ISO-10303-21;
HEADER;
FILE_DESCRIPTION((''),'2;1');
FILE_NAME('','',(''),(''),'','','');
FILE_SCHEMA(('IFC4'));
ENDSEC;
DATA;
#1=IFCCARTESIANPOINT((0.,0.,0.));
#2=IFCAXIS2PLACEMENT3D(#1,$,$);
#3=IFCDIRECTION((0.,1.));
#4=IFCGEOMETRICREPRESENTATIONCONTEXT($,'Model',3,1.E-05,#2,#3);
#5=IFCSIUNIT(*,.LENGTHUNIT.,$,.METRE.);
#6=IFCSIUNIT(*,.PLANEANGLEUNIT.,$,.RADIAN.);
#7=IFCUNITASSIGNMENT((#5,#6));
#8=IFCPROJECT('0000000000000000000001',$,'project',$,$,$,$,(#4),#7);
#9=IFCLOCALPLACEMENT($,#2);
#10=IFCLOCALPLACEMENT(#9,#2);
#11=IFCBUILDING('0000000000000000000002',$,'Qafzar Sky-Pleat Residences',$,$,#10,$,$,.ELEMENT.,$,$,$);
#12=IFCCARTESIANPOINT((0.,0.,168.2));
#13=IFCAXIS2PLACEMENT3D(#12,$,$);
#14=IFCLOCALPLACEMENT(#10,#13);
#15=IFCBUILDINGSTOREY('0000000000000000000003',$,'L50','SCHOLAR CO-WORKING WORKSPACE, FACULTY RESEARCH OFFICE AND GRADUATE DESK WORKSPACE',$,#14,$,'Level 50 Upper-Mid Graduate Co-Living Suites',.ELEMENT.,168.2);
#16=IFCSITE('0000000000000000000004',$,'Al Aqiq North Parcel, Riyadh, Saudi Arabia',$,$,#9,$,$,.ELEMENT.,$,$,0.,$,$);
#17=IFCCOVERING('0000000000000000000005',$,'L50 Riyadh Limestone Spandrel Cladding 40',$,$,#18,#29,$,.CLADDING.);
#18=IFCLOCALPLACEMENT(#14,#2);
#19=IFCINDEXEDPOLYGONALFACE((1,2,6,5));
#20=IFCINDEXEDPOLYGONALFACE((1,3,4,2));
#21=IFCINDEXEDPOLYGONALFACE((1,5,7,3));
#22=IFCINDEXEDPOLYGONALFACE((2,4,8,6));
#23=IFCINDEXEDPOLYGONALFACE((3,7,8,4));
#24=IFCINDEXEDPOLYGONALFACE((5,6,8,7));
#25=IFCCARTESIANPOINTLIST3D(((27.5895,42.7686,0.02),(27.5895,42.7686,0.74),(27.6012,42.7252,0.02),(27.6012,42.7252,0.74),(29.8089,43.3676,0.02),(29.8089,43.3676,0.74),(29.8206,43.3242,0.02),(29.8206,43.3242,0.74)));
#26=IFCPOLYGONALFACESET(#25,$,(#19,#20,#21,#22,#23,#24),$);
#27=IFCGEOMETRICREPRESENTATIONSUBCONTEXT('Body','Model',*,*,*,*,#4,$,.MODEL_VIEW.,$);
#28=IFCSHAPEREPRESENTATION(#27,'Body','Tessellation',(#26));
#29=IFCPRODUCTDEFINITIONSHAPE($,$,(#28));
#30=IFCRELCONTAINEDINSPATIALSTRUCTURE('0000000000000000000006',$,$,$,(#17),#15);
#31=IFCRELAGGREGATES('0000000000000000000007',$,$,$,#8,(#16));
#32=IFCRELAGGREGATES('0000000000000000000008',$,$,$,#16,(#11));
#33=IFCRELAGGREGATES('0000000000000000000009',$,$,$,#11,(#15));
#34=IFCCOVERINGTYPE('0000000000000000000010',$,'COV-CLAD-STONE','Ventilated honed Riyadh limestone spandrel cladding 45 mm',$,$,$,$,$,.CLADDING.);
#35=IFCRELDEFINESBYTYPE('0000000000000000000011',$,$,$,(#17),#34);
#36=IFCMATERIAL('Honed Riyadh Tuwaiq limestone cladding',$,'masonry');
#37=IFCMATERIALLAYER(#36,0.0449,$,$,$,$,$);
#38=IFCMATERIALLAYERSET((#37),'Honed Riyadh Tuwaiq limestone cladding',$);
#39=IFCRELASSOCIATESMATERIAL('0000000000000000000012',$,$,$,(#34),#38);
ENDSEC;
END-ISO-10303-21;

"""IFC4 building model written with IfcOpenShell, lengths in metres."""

from ifc_helpers import new_model, si_unit, direction, frame, origin, origin_2d, place, context, subcontext, project, spatial, rectangle, extrude, source, transform, mapped, material, layer, layer_set, type_object, element, save


model = new_model("IFC4")

# Units and contexts
model_context = context("Model", 3, precision=1e-05, world=origin(), true_north=direction((0.0, 1.0)))
body_context = subcontext(model_context, "Body", "Model", "MODEL_VIEW")
ifc_project = project(units=[si_unit("LENGTHUNIT", "METRE"), si_unit("PLANEANGLEUNIT", "RADIAN")], contexts=[model_context])

# Site, building, storey
site_placement = place(None, origin())
site = spatial("IfcSite", under=ifc_project, at=site_placement, Name="Al Aqiq North Parcel, Riyadh, Saudi Arabia", CompositionType="ELEMENT", RefElevation=0.0)
building_placement = place(site_placement, origin())
building = spatial("IfcBuilding", under=site, at=building_placement, Name="Qafzar Sky-Pleat Residences", CompositionType="ELEMENT")
storey_placement = place(building_placement, frame((0.0, 0.0, 168.2)))
storey = spatial("IfcBuildingStorey", under=building, at=storey_placement, Name="L50", Description="SCHOLAR CO-WORKING WORKSPACE, FACULTY RESEARCH OFFICE AND GRADUATE DESK WORKSPACE", LongName="Level 50 Upper-Mid Graduate Co-Living Suites", CompositionType="ELEMENT", Elevation=168.2)

# Covering
ifc_material_1 = material(Name="Honed Riyadh Tuwaiq limestone cladding", Category="masonry")
ifc_layer_1 = layer(ifc_material_1, 0.0449)
ifc_layer_set_1 = layer_set([ifc_layer_1], Name="Honed Riyadh Tuwaiq limestone cladding")
covering_type = type_object("IfcCoveringType", Name="COV-CLAD-STONE", Description="Ventilated honed Riyadh limestone spandrel cladding 45 mm", PredefinedType="CLADDING", material=ifc_layer_set_1)
shared_shape_1 = source(origin(), body_context, "Body", "SweptSolid", [
    extrude(rectangle(XDim=2.2988, YDim=0.0449, at=origin_2d()), origin(), (0.0, 0.0, 1.0), 0.72),
])
covering_1_placement = place(storey_placement, frame((28.7051, 43.0464, 0.02), z_axis=(0.0, 0.0, 1.0), x_axis=(-0.965461, -0.260549, 0.0)))
element("IfcCovering", 1, at=covering_1_placement, inside=storey, type_object=covering_type, Name="L50 Riyadh Limestone Spandrel Cladding 40", PredefinedType="CLADDING", context=body_context, shape_type="MappedRepresentation", body=[
    mapped(shared_shape_1, transform((0.0, 0.0, 0.0), x_axis=(1.0, 0.0, 0.0), y_axis=(0.0, 1.0, 0.0), z_axis=(0.0, 0.0, 1.0), scale=1.0)),
])

save(model, "model.ifc")
